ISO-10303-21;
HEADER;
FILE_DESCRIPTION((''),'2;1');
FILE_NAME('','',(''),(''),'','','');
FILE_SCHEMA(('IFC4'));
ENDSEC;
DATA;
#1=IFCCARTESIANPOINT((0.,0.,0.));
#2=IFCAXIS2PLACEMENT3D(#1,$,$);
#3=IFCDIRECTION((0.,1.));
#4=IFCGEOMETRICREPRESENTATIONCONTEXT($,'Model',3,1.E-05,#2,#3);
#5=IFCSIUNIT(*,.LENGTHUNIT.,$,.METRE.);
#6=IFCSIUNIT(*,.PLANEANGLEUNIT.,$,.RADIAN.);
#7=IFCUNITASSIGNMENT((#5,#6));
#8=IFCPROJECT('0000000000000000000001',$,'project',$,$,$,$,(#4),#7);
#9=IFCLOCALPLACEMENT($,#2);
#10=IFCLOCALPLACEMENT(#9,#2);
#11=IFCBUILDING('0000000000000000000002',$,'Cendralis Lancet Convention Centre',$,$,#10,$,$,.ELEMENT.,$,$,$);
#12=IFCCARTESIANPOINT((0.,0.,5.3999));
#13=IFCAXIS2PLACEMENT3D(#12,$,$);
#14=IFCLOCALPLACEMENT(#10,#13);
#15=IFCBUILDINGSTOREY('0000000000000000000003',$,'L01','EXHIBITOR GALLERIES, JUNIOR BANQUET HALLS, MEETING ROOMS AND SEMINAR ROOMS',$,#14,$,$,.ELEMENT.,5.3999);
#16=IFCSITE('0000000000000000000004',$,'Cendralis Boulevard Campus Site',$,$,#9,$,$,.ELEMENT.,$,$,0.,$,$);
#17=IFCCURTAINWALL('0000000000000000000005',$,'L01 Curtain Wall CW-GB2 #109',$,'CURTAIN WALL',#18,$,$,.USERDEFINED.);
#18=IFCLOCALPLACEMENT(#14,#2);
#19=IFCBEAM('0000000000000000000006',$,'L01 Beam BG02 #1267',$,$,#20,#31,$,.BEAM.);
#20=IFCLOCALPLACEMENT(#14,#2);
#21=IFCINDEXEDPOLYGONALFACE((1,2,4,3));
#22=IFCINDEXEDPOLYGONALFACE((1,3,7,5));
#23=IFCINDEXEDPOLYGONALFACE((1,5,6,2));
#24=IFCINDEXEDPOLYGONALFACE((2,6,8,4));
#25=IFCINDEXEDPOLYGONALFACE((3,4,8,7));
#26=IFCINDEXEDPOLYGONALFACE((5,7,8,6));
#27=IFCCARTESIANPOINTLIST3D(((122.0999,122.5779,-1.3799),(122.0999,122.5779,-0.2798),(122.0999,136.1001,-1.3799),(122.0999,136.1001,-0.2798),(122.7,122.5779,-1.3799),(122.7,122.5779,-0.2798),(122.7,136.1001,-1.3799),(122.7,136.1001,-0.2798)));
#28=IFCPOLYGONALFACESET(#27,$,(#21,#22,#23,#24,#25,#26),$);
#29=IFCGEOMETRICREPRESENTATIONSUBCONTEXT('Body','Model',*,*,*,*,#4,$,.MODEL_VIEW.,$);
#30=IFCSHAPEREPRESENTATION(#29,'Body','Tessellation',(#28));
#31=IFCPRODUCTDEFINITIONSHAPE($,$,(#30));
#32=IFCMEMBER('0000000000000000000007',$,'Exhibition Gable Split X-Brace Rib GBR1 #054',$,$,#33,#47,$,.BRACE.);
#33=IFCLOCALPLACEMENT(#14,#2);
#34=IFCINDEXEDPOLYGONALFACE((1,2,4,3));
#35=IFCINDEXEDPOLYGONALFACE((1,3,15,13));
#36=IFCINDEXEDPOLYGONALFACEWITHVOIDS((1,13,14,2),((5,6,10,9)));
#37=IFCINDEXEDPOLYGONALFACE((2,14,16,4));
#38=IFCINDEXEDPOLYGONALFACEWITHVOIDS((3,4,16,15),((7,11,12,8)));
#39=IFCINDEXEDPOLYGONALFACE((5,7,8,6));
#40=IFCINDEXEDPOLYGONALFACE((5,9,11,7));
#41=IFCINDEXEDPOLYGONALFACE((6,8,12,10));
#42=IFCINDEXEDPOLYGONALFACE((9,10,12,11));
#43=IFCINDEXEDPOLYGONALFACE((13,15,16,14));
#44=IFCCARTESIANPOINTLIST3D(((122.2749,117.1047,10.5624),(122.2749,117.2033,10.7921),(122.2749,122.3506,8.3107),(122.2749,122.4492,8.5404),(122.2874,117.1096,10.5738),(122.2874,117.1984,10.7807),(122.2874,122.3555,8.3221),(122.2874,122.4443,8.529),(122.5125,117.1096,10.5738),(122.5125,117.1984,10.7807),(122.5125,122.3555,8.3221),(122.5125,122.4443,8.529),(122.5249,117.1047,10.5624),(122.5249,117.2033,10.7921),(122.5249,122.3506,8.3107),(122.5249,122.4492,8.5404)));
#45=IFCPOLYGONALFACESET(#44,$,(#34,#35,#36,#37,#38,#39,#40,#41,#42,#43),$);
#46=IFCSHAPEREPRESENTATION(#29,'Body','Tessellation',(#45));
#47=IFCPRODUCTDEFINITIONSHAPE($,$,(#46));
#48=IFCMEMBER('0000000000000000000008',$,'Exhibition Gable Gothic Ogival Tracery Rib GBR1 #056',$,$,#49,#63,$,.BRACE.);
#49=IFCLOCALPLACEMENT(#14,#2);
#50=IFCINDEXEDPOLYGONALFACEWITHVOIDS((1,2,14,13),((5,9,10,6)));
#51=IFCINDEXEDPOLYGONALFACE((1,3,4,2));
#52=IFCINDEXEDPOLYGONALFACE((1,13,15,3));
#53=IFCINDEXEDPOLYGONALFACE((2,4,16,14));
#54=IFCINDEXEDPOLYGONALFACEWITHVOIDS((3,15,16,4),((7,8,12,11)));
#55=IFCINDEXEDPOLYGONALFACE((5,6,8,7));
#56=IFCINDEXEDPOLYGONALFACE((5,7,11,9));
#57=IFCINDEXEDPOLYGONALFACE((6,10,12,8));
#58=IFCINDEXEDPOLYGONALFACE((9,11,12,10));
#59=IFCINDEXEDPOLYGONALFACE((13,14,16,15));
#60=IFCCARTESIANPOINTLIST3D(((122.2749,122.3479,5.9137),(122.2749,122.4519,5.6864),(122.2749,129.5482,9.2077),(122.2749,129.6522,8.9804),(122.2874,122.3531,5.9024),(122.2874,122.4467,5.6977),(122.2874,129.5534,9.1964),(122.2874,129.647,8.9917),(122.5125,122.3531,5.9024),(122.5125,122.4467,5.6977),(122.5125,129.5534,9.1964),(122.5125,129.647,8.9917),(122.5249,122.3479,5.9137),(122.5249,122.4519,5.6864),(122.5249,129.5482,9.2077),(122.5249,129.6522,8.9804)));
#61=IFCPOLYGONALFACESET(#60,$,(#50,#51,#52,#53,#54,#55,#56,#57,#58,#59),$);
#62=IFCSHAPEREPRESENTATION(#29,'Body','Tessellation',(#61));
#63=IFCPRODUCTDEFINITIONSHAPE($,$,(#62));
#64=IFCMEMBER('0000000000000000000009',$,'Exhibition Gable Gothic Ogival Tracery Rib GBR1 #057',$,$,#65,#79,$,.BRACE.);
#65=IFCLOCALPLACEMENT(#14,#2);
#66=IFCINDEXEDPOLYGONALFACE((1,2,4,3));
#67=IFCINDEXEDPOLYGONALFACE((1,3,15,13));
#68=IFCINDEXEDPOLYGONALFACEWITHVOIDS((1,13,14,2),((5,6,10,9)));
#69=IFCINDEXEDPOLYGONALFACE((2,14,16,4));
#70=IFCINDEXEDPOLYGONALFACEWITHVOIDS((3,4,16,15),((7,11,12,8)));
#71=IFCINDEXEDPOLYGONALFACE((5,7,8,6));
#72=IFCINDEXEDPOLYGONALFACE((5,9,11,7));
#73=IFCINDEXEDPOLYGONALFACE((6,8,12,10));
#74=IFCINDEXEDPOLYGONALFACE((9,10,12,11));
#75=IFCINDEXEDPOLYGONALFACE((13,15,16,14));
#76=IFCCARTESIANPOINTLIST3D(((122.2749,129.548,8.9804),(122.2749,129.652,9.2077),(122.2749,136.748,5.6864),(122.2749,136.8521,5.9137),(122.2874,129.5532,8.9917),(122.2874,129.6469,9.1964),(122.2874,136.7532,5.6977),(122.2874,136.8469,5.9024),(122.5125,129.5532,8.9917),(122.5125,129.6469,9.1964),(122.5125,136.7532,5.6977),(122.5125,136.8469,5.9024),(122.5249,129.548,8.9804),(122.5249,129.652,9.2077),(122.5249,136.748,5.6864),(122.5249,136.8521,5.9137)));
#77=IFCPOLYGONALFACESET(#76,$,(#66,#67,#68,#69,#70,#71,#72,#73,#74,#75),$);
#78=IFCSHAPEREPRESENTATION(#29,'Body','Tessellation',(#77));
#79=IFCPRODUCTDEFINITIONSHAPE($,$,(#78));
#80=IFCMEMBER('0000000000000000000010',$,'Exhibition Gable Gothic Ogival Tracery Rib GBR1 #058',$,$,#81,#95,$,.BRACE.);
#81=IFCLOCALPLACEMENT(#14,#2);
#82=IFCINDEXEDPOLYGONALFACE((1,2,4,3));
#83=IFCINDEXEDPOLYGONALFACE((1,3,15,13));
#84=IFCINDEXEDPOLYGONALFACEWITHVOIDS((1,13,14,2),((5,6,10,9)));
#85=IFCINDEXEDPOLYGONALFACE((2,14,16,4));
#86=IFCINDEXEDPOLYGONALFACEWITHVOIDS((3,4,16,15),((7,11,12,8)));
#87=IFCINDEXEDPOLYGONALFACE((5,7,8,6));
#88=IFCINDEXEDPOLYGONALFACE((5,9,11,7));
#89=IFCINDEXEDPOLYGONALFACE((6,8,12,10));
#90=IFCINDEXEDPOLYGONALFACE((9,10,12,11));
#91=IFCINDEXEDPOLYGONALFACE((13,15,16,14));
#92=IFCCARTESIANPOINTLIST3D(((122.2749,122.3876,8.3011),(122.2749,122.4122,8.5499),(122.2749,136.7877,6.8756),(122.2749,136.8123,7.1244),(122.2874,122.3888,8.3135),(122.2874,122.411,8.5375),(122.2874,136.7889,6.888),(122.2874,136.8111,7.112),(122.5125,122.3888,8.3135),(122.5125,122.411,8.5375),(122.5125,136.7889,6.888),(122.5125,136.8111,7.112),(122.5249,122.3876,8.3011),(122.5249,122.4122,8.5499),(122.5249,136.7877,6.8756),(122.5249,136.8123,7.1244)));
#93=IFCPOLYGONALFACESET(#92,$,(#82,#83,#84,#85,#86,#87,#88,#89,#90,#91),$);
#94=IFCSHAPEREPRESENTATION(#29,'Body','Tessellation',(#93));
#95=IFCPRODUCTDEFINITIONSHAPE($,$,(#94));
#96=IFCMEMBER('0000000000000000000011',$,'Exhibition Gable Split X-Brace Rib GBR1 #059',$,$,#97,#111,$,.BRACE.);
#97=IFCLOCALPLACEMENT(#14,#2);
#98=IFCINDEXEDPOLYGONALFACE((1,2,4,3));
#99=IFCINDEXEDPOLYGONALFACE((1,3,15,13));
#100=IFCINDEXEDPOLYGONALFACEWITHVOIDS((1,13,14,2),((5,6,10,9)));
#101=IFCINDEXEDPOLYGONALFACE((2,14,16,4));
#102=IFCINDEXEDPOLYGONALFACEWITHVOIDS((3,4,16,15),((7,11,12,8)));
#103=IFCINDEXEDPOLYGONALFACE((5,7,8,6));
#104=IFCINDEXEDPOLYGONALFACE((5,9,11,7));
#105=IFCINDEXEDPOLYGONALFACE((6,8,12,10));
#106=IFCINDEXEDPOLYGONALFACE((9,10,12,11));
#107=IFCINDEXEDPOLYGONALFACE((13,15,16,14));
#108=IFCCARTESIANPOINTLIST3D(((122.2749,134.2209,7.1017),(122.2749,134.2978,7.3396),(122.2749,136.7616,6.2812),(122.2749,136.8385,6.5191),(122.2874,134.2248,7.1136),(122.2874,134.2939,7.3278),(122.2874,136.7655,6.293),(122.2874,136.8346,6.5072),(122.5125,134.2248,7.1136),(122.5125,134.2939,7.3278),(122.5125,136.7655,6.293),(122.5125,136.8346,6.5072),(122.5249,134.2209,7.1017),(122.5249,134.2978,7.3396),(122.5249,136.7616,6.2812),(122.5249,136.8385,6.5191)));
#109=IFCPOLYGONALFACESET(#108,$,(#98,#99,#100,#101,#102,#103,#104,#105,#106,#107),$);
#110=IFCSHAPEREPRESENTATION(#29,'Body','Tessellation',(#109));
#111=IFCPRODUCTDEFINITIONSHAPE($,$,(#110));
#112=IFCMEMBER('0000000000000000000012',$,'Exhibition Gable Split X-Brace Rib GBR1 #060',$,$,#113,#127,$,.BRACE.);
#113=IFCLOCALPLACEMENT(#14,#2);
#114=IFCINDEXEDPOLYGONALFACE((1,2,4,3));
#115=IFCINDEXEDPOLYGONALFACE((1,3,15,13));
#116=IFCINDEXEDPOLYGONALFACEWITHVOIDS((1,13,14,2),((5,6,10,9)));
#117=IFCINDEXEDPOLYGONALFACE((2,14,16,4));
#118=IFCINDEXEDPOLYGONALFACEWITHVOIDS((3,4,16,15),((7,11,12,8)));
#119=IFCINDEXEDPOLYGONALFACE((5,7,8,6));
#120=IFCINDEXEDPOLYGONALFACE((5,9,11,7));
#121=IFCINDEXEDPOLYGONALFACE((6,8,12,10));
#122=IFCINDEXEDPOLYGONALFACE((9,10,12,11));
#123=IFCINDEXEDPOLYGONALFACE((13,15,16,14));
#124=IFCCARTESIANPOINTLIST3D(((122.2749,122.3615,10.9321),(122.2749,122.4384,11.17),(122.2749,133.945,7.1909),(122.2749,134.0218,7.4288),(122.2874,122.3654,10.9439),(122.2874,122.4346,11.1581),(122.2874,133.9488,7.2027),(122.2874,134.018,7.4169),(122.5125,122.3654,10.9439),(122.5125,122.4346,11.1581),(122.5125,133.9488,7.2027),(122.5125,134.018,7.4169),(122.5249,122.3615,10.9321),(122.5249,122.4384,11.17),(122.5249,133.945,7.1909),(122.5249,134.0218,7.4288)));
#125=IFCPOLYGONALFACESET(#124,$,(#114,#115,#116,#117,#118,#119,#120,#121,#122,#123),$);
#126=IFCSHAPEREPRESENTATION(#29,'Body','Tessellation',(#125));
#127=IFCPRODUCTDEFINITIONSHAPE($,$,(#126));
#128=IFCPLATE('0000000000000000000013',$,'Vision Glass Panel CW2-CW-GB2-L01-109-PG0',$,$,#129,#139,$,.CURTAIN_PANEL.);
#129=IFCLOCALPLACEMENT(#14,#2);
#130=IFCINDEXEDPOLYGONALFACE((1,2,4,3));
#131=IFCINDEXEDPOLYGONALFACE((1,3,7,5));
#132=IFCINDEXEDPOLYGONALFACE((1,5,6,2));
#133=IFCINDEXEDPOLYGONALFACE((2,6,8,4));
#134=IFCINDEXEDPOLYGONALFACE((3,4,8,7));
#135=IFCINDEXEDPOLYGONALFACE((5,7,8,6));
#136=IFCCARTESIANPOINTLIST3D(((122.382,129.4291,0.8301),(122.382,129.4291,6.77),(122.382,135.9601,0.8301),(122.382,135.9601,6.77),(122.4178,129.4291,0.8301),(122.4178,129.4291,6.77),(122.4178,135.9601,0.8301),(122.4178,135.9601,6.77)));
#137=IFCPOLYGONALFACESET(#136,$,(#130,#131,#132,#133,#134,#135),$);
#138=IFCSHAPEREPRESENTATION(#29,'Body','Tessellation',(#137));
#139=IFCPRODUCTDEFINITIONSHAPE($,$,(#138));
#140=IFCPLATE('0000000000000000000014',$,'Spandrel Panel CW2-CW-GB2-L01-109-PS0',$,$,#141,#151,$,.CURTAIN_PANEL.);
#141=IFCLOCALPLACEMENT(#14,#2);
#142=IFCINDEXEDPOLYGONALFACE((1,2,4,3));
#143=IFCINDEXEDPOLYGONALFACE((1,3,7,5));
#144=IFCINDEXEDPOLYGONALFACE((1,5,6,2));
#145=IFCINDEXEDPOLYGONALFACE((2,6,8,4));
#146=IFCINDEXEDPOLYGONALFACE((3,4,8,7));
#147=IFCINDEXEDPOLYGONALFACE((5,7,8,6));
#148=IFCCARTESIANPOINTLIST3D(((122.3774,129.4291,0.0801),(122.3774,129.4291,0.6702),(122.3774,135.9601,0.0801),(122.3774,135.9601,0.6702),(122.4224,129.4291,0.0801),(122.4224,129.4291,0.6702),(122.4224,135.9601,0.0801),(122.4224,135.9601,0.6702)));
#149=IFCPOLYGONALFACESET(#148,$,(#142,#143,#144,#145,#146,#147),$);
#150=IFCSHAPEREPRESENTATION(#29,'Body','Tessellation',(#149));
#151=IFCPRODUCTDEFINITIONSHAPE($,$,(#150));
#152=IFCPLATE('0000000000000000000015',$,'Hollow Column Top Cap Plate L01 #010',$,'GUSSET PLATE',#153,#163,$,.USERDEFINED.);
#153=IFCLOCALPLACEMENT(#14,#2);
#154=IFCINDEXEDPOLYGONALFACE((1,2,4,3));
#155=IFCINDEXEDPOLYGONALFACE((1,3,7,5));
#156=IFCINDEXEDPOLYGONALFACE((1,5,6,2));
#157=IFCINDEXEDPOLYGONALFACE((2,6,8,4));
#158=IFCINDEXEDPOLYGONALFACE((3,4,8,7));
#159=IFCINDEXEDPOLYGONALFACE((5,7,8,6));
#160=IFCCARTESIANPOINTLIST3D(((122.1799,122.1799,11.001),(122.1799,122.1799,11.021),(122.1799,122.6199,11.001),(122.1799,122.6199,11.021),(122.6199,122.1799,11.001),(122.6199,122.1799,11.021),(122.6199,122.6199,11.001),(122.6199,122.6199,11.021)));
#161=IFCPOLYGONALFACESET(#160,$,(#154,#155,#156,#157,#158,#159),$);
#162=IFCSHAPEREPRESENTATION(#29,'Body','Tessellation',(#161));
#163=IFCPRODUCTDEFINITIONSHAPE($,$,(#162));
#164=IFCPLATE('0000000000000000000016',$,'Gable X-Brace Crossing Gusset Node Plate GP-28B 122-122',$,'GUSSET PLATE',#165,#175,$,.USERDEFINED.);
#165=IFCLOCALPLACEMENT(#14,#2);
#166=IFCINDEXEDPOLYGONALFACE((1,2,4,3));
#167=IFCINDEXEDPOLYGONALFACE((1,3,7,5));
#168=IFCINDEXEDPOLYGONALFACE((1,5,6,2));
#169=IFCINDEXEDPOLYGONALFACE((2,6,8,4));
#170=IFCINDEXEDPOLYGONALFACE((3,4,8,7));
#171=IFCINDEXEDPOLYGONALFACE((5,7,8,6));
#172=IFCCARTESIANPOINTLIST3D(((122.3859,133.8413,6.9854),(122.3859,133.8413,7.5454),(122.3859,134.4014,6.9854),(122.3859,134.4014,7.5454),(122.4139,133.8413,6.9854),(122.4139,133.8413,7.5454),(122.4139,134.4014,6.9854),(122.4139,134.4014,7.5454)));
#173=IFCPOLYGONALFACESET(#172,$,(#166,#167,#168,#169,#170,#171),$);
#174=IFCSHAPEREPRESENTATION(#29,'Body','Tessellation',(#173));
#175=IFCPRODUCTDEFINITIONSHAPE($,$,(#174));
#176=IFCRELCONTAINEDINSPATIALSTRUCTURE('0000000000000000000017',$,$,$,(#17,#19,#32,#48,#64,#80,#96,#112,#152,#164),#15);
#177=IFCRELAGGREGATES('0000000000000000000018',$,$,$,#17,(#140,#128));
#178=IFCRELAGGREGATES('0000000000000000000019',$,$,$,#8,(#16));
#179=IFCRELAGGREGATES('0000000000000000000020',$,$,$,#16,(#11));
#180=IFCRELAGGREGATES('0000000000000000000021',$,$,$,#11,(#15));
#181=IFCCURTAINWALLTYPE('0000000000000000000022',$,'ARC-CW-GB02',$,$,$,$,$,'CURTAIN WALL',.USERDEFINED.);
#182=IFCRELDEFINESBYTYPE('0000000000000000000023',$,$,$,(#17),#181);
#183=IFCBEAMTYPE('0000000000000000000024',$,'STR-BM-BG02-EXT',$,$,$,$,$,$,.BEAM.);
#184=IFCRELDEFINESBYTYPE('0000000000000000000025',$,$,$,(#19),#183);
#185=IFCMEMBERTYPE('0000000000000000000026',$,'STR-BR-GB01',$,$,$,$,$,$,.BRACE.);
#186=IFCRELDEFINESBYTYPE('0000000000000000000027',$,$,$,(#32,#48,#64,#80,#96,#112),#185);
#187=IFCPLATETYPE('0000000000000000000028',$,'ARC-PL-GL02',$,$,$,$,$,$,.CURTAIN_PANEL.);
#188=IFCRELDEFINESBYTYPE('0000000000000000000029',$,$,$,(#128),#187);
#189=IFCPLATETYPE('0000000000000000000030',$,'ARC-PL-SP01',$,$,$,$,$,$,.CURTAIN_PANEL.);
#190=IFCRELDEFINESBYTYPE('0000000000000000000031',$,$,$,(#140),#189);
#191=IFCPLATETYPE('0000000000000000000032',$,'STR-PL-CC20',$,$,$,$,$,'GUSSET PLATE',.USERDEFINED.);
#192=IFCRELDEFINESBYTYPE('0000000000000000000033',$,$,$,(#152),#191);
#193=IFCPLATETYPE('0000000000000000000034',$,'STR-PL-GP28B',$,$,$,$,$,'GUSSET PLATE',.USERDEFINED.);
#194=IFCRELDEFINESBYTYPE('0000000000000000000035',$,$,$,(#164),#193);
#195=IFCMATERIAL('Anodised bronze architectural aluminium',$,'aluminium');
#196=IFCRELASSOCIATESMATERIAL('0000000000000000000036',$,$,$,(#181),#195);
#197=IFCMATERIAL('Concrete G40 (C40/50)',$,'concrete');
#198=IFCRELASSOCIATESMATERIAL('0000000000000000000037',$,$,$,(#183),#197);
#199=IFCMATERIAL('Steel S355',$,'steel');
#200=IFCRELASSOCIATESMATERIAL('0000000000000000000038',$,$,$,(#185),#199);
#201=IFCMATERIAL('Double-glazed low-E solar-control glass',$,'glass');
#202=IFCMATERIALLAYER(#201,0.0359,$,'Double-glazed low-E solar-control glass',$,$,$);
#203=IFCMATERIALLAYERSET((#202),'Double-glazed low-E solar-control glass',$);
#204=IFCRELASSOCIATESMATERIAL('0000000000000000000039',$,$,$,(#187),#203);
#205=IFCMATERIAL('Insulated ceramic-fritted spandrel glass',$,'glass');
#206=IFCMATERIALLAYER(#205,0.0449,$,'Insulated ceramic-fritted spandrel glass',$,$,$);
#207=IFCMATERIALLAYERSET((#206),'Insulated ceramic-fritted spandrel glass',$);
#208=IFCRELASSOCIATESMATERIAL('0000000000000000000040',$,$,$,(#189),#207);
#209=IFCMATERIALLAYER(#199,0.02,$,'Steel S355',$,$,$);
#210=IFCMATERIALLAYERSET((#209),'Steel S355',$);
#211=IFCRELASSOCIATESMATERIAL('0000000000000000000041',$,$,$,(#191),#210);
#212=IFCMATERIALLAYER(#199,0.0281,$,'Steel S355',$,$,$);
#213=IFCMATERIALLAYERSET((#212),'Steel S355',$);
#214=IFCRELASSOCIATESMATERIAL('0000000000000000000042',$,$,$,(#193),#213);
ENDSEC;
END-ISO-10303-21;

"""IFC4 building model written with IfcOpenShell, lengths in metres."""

from ifc_helpers import new_model, si_unit, direction, frame, origin, origin_2d, place, context, subcontext, project, spatial, rectangle, hollow_rectangle, extrude, material, layer, layer_set, material_profile, profile_set, type_object, element, aggregate, save


model = new_model("IFC4")

# Units and contexts
model_context = context("Model", 3, precision=1e-05, world=origin(), true_north=direction((0.0, 1.0)))
body_context = subcontext(model_context, "Body", "Model", "MODEL_VIEW")
ifc_project = project(units=[si_unit("LENGTHUNIT", "METRE"), si_unit("PLANEANGLEUNIT", "RADIAN")], contexts=[model_context])

# Site, building, storey
site_placement = place(None, origin())
site = spatial("IfcSite", under=ifc_project, at=site_placement, Name="Cendralis Boulevard Campus Site", CompositionType="ELEMENT", RefElevation=0.0)
building_placement = place(site_placement, origin())
building = spatial("IfcBuilding", under=site, at=building_placement, Name="Cendralis Lancet Convention Centre", CompositionType="ELEMENT")
storey_placement = place(building_placement, frame((0.0, 0.0, 5.3999)))
storey = spatial("IfcBuildingStorey", under=building, at=storey_placement, Name="L01", Description="EXHIBITOR GALLERIES, JUNIOR BANQUET HALLS, MEETING ROOMS AND SEMINAR ROOMS", CompositionType="ELEMENT", Elevation=5.3999)

# Shared definitions
ifc_material_1 = material(Name="Concrete G40 (C40/50)", Category="concrete")

# Curtain wall
ifc_material_2 = material(Name="Anodised bronze architectural aluminium", Category="aluminium")
curtain_wall_type = type_object("IfcCurtainWallType", Name="ARC-CW-GB02", ElementType="CURTAIN WALL", PredefinedType="USERDEFINED", material=ifc_material_2)
curtain_wall_placement = place(storey_placement, origin())
curtain_wall = element("IfcCurtainWall", 1, at=curtain_wall_placement, inside=storey, type_object=curtain_wall_type, Name="L01 Curtain Wall CW-GB2 #109", ObjectType="CURTAIN WALL", PredefinedType="USERDEFINED")

# Beam
ifc_material_profile_1 = material_profile(ifc_material_1, rectangle(XDim=0.6001, YDim=1.1001, at=origin_2d()), Name="RCB 600x1100")
ifc_profile_set_1 = profile_set([ifc_material_profile_1], Name="Concrete G40 (C40/50)")
beam_type = type_object("IfcBeamType", Name="STR-BM-BG02-EXT", PredefinedType="BEAM", material=ifc_profile_set_1)
beam_placement = place(storey_placement, frame((122.3999, 122.5779, -0.8298), z_axis=(0.0, 1.0, 0.0), x_axis=(-1.0, 0.0, 0.0)))
element("IfcBeam", 2, at=beam_placement, inside=storey, type_object=beam_type, Name="L01 Beam BG02 #1267", PredefinedType="BEAM", context=body_context, shape_type="SweptSolid", body=[
    extrude(rectangle(XDim=0.6001, YDim=1.1001, at=origin_2d()), origin(), (0.0, 0.0, 1.0), 13.5222),
])

# Members
ifc_material_3 = material(Name="Steel S355", Category="steel")
ifc_material_profile_2 = material_profile(ifc_material_3, hollow_rectangle(XDim=0.25, YDim=0.25, WallThickness=0.0125, at=origin_2d()), Name="SHS 250x250x12.5")
ifc_profile_set_2 = profile_set([ifc_material_profile_2], Name="Steel S355")
member_type_1 = type_object("IfcMemberType", Name="STR-BR-GB01", PredefinedType="BRACE", material=ifc_profile_set_2)
member_1_placement = place(storey_placement, frame((122.3999, 122.3999, 8.4255), z_axis=(0.0, -0.918924, 0.394435), x_axis=(1.0, 0.0, 0.0)))
element("IfcMember", 3, at=member_1_placement, inside=storey, type_object=member_type_1, Name="Exhibition Gable Split X-Brace Rib GBR1 #054", PredefinedType="BRACE", context=body_context, shape_type="SweptSolid", body=[
    extrude(hollow_rectangle(XDim=0.25, YDim=0.25, WallThickness=0.0125, at=origin_2d()), origin(), (0.0, 0.0, 1.0), 5.7087),
])
member_2_placement = place(storey_placement, frame((122.3999, 122.3999, 5.8), z_axis=(0.0, 0.909359, 0.416013), x_axis=(-1.0, 0.0, 0.0)))
element("IfcMember", 4, at=member_2_placement, inside=storey, type_object=member_type_1, Name="Exhibition Gable Gothic Ogival Tracery Rib GBR1 #056", PredefinedType="BRACE", context=body_context, shape_type="SweptSolid", body=[
    extrude(hollow_rectangle(XDim=0.25, YDim=0.25, WallThickness=0.0125, at=origin_2d()), origin(), (0.0, 0.0, 1.0), 7.918),
])
member_3_placement = place(storey_placement, frame((122.3999, 136.8, 5.8), z_axis=(0.0, -0.909353, 0.416025), x_axis=(1.0, 0.0, 0.0)))
element("IfcMember", 5, at=member_3_placement, inside=storey, type_object=member_type_1, Name="Exhibition Gable Gothic Ogival Tracery Rib GBR1 #057", PredefinedType="BRACE", context=body_context, shape_type="SweptSolid", body=[
    extrude(hollow_rectangle(XDim=0.25, YDim=0.25, WallThickness=0.0125, at=origin_2d()), origin(), (0.0, 0.0, 1.0), 7.9177),
])
member_4_placement = place(storey_placement, frame((122.3999, 122.3999, 8.4255), z_axis=(0.0, 0.995136, -0.098513), x_axis=(-1.0, 0.0, 0.0)))
element("IfcMember", 6, at=member_4_placement, inside=storey, type_object=member_type_1, Name="Exhibition Gable Gothic Ogival Tracery Rib GBR1 #058", PredefinedType="BRACE", context=body_context, shape_type="SweptSolid", body=[
    extrude(hollow_rectangle(XDim=0.25, YDim=0.25, WallThickness=0.0125, at=origin_2d()), origin(), (0.0, 0.0, 1.0), 14.4705),
])
member_5_placement = place(storey_placement, frame((122.3999, 136.8, 6.4001), z_axis=(0.0, -0.951604, 0.307326), x_axis=(1.0, 0.0, 0.0)))
element("IfcMember", 7, at=member_5_placement, inside=storey, type_object=member_type_1, Name="Exhibition Gable Split X-Brace Rib GBR1 #059", PredefinedType="BRACE", context=body_context, shape_type="SweptSolid", body=[
    extrude(hollow_rectangle(XDim=0.25, YDim=0.25, WallThickness=0.0125, at=origin_2d()), origin(), (0.0, 0.0, 1.0), 2.6699),
])
member_6_placement = place(storey_placement, frame((122.3999, 133.9834, 7.3098), z_axis=(0.0, -0.951598, 0.307345), x_axis=(1.0, 0.0, 0.0)))
element("IfcMember", 8, at=member_6_placement, inside=storey, type_object=member_type_1, Name="Exhibition Gable Split X-Brace Rib GBR1 #060", PredefinedType="BRACE", context=body_context, shape_type="SweptSolid", body=[
    extrude(hollow_rectangle(XDim=0.25, YDim=0.25, WallThickness=0.0125, at=origin_2d()), origin(), (0.0, 0.0, 1.0), 12.1726),
])

# Plates
ifc_material_4 = material(Name="Double-glazed low-E solar-control glass", Category="glass")
ifc_layer_1 = layer(ifc_material_4, 0.0359, Name="Double-glazed low-E solar-control glass")
ifc_layer_set_1 = layer_set([ifc_layer_1], Name="Double-glazed low-E solar-control glass")
plate_type_1 = type_object("IfcPlateType", Name="ARC-PL-GL02", PredefinedType="CURTAIN_PANEL", material=ifc_layer_set_1)
plate_1_placement = place(storey_placement, frame((122.3999, 132.6946, 0.8301), z_axis=(0.0, 0.0, 1.0), x_axis=(0.0, -1.0, 0.0)))
plate_1 = element("IfcPlate", 9, at=plate_1_placement, type_object=plate_type_1, Name="Vision Glass Panel CW2-CW-GB2-L01-109-PG0", PredefinedType="CURTAIN_PANEL", context=body_context, shape_type="SweptSolid", body=[
    extrude(rectangle(XDim=6.531, YDim=0.0359, at=origin_2d()), origin(), (0.0, 0.0, 1.0), 5.9399),
])
ifc_material_5 = material(Name="Insulated ceramic-fritted spandrel glass", Category="glass")
ifc_layer_2 = layer(ifc_material_5, 0.0449, Name="Insulated ceramic-fritted spandrel glass")
ifc_layer_set_2 = layer_set([ifc_layer_2], Name="Insulated ceramic-fritted spandrel glass")
plate_type_2 = type_object("IfcPlateType", Name="ARC-PL-SP01", PredefinedType="CURTAIN_PANEL", material=ifc_layer_set_2)
plate_2_placement = place(storey_placement, frame((122.3999, 132.6946, 0.0801), z_axis=(0.0, 0.0, 1.0), x_axis=(0.0, -1.0, 0.0)))
plate_2 = element("IfcPlate", 10, at=plate_2_placement, type_object=plate_type_2, Name="Spandrel Panel CW2-CW-GB2-L01-109-PS0", PredefinedType="CURTAIN_PANEL", context=body_context, shape_type="SweptSolid", body=[
    extrude(rectangle(XDim=6.531, YDim=0.0449, at=origin_2d()), origin(), (0.0, 0.0, 1.0), 0.5901),
])
aggregate(curtain_wall, [plate_2, plate_1])

# Plates
ifc_layer_3 = layer(ifc_material_3, 0.02, Name="Steel S355")
ifc_layer_set_3 = layer_set([ifc_layer_3], Name="Steel S355")
plate_type_3 = type_object("IfcPlateType", Name="STR-PL-CC20", ElementType="GUSSET PLATE", PredefinedType="USERDEFINED", material=ifc_layer_set_3)
plate_3_placement = place(storey_placement, frame((122.3999, 122.3999, 11.001), z_axis=(0.0, 0.0, 1.0), x_axis=(1.0, 0.0, 0.0)))
element("IfcPlate", 11, at=plate_3_placement, inside=storey, type_object=plate_type_3, Name="Hollow Column Top Cap Plate L01 #010", ObjectType="GUSSET PLATE", PredefinedType="USERDEFINED", context=body_context, shape_type="SweptSolid", body=[
    extrude(rectangle(XDim=0.4399, YDim=0.4399, at=origin_2d()), origin(), (0.0, 0.0, 1.0), 0.02),
])
ifc_layer_4 = layer(ifc_material_3, 0.0281, Name="Steel S355")
ifc_layer_set_4 = layer_set([ifc_layer_4], Name="Steel S355")
plate_type_4 = type_object("IfcPlateType", Name="STR-PL-GP28B", ElementType="GUSSET PLATE", PredefinedType="USERDEFINED", material=ifc_layer_set_4)
plate_4_placement = place(storey_placement, frame((122.3999, 134.1213, 6.9854), z_axis=(0.0, 0.0, 1.0), x_axis=(0.0, 1.0, 0.0)))
element("IfcPlate", 12, at=plate_4_placement, inside=storey, type_object=plate_type_4, Name="Gable X-Brace Crossing Gusset Node Plate GP-28B 122-122", ObjectType="GUSSET PLATE", PredefinedType="USERDEFINED", context=body_context, shape_type="SweptSolid", body=[
    extrude(rectangle(XDim=0.5601, YDim=0.0281, at=origin_2d()), origin(), (0.0, 0.0, 1.0), 0.5601),
])

save(model, "model.ifc")
